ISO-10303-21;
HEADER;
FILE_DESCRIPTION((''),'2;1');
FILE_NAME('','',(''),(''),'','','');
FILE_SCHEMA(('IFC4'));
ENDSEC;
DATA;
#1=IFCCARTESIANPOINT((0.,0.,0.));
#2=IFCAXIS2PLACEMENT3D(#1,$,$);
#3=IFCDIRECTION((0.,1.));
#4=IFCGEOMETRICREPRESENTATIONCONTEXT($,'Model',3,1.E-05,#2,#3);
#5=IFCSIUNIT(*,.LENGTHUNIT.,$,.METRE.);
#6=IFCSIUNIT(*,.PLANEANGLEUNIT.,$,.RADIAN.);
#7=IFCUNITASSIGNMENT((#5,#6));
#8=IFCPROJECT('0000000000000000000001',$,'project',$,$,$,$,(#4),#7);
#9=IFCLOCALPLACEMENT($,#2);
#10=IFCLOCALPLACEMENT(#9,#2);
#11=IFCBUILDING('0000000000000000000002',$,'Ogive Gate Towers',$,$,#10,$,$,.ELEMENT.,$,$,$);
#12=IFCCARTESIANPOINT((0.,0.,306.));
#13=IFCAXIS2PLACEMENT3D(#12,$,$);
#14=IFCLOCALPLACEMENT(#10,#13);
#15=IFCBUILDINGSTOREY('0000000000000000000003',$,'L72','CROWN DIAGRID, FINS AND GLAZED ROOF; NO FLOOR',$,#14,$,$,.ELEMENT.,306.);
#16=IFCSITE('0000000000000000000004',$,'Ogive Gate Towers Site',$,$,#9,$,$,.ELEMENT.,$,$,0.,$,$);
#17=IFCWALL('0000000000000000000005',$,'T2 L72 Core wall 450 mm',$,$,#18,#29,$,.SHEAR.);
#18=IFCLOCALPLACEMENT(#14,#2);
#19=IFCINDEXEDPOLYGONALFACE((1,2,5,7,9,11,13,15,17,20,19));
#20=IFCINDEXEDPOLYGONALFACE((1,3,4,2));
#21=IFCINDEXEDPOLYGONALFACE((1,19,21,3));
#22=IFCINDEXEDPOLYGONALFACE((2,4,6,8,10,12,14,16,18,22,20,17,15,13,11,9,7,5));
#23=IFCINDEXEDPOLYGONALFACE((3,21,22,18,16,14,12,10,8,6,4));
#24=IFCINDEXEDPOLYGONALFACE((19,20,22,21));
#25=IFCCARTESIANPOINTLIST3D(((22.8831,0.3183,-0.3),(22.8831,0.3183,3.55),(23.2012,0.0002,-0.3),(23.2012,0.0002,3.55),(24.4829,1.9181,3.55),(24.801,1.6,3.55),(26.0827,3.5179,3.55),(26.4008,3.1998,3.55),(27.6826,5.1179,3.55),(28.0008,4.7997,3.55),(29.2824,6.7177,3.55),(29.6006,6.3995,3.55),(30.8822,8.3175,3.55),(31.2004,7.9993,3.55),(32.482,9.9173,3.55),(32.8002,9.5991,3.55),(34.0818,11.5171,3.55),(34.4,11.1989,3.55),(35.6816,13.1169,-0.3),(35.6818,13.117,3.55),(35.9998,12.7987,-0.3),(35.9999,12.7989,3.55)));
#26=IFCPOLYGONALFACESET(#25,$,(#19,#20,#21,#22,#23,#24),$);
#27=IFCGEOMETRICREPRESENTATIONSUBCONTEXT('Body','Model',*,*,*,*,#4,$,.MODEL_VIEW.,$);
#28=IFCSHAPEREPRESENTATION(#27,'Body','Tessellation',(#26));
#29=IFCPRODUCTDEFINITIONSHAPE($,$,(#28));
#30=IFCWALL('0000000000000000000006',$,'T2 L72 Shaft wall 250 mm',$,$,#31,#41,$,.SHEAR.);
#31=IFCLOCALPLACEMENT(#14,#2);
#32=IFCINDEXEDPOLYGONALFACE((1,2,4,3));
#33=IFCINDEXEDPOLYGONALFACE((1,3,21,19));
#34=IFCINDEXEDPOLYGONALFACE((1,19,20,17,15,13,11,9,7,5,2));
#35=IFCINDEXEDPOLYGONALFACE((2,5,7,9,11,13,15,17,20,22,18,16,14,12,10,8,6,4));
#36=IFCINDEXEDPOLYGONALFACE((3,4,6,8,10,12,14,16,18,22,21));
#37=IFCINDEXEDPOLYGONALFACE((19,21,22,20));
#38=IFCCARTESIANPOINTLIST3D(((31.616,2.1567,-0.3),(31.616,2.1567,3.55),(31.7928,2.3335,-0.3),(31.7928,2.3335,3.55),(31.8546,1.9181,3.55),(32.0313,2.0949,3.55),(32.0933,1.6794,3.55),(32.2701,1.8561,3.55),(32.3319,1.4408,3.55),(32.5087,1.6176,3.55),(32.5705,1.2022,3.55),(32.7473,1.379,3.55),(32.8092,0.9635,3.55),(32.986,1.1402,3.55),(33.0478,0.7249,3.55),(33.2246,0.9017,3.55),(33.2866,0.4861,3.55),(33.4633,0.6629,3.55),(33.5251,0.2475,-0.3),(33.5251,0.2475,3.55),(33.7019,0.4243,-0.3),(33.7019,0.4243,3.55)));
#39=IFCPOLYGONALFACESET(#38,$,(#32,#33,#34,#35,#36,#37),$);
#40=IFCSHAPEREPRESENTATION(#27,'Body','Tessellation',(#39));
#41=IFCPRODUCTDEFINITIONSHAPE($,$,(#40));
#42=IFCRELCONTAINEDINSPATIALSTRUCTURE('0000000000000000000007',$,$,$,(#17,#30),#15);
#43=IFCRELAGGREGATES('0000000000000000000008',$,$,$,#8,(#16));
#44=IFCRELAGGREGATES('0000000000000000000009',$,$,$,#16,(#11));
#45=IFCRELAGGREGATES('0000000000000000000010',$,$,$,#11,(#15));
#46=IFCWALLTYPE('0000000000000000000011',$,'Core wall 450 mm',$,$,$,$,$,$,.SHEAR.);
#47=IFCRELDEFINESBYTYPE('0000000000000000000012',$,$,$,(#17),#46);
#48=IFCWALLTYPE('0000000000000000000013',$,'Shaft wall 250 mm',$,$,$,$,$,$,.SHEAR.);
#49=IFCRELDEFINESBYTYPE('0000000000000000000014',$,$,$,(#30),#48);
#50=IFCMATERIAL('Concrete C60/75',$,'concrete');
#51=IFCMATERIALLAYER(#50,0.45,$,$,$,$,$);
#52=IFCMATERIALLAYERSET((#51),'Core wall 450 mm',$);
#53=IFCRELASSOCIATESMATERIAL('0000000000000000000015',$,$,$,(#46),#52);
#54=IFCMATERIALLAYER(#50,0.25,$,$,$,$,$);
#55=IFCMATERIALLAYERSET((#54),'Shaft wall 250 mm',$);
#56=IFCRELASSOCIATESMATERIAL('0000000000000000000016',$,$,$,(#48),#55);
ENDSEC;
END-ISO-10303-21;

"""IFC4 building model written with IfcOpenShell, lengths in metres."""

from ifc_helpers import new_model, si_unit, direction, frame, origin, place, context, subcontext, project, spatial, polyline, outline, extrude, material, layer, layer_set, type_object, element, save


model = new_model("IFC4")

# Units and contexts
model_context = context("Model", 3, precision=1e-05, world=origin(), true_north=direction((0.0, 1.0)))
body_context = subcontext(model_context, "Body", "Model", "MODEL_VIEW")
ifc_project = project(units=[si_unit("LENGTHUNIT", "METRE"), si_unit("PLANEANGLEUNIT", "RADIAN")], contexts=[model_context])

# Site, building, storey
site_placement = place(None, origin())
site = spatial("IfcSite", under=ifc_project, at=site_placement, Name="Ogive Gate Towers Site", CompositionType="ELEMENT", RefElevation=0.0)
building_placement = place(site_placement, origin())
building = spatial("IfcBuilding", under=site, at=building_placement, Name="Ogive Gate Towers", CompositionType="ELEMENT")
storey_placement = place(building_placement, frame((0.0, 0.0, 306.0)))
storey = spatial("IfcBuildingStorey", under=building, at=storey_placement, Name="L72", Description="CROWN DIAGRID, FINS AND GLAZED ROOF; NO FLOOR", CompositionType="ELEMENT", Elevation=306.0)

# Walls
ifc_material_1 = material(Name="Concrete C60/75", Category="concrete")
ifc_layer_1 = layer(ifc_material_1, 0.45)
ifc_layer_set_1 = layer_set([ifc_layer_1], Name="Core wall 450 mm")
wall_type_1 = type_object("IfcWallType", Name="Core wall 450 mm", PredefinedType="SHEAR", material=ifc_layer_set_1)
wall_1_placement = place(storey_placement, frame((23.0422, 0.1592, -0.3), z_axis=(0.0, 0.0, 1.0), x_axis=(0.707107, 0.707107, 0.0)))
element("IfcWall", 1, at=wall_1_placement, inside=storey, type_object=wall_type_1, Name="T2 L72 Core wall 450 mm", PredefinedType="SHEAR", context=body_context, shape_type="SweptSolid", body=[
    extrude(outline(polyline([(0.0, 0.0), (18.0999, 0.0), (18.1001, 3.8501), (15.8374, 3.8501), (13.575, 3.8501), (11.3125, 3.8501), (9.05, 3.8501), (6.7876, 3.8501), (4.5249, 3.8501), (2.2625, 3.8501), (0.0, 3.8501), (0.0, 0.0)])), frame((0.0, 0.2251, 0.0), z_axis=(0.0, -1.0, 0.0), x_axis=(1.0, 0.0, 0.0)), (0.0, 0.0, 1.0), 0.45),
])
ifc_layer_2 = layer(ifc_material_1, 0.25)
ifc_layer_set_2 = layer_set([ifc_layer_2], Name="Shaft wall 250 mm")
wall_type_2 = type_object("IfcWallType", Name="Shaft wall 250 mm", PredefinedType="SHEAR", material=ifc_layer_set_2)
wall_2_placement = place(storey_placement, frame((33.6135, 0.3359, -0.3), z_axis=(0.0, 0.0, 1.0), x_axis=(-0.707107, 0.707107, 0.0)))
element("IfcWall", 2, at=wall_2_placement, inside=storey, type_object=wall_type_2, Name="T2 L72 Shaft wall 250 mm", PredefinedType="SHEAR", context=body_context, shape_type="SweptSolid", body=[
    extrude(outline(polyline([(0.0, 0.0), (2.7, 0.0), (2.7, 3.8501), (2.3625, 3.8501), (2.0249, 3.8501), (1.6875, 3.8501), (1.3501, 3.8501), (1.0125, 3.8501), (0.675, 3.8501), (0.3374, 3.8501), (0.0, 3.8501), (0.0, 0.0)])), frame((0.0, 0.125, 0.0), z_axis=(0.0, -1.0, 0.0), x_axis=(1.0, 0.0, 0.0)), (0.0, 0.0, 1.0), 0.25),
])

save(model, "model.ifc")
